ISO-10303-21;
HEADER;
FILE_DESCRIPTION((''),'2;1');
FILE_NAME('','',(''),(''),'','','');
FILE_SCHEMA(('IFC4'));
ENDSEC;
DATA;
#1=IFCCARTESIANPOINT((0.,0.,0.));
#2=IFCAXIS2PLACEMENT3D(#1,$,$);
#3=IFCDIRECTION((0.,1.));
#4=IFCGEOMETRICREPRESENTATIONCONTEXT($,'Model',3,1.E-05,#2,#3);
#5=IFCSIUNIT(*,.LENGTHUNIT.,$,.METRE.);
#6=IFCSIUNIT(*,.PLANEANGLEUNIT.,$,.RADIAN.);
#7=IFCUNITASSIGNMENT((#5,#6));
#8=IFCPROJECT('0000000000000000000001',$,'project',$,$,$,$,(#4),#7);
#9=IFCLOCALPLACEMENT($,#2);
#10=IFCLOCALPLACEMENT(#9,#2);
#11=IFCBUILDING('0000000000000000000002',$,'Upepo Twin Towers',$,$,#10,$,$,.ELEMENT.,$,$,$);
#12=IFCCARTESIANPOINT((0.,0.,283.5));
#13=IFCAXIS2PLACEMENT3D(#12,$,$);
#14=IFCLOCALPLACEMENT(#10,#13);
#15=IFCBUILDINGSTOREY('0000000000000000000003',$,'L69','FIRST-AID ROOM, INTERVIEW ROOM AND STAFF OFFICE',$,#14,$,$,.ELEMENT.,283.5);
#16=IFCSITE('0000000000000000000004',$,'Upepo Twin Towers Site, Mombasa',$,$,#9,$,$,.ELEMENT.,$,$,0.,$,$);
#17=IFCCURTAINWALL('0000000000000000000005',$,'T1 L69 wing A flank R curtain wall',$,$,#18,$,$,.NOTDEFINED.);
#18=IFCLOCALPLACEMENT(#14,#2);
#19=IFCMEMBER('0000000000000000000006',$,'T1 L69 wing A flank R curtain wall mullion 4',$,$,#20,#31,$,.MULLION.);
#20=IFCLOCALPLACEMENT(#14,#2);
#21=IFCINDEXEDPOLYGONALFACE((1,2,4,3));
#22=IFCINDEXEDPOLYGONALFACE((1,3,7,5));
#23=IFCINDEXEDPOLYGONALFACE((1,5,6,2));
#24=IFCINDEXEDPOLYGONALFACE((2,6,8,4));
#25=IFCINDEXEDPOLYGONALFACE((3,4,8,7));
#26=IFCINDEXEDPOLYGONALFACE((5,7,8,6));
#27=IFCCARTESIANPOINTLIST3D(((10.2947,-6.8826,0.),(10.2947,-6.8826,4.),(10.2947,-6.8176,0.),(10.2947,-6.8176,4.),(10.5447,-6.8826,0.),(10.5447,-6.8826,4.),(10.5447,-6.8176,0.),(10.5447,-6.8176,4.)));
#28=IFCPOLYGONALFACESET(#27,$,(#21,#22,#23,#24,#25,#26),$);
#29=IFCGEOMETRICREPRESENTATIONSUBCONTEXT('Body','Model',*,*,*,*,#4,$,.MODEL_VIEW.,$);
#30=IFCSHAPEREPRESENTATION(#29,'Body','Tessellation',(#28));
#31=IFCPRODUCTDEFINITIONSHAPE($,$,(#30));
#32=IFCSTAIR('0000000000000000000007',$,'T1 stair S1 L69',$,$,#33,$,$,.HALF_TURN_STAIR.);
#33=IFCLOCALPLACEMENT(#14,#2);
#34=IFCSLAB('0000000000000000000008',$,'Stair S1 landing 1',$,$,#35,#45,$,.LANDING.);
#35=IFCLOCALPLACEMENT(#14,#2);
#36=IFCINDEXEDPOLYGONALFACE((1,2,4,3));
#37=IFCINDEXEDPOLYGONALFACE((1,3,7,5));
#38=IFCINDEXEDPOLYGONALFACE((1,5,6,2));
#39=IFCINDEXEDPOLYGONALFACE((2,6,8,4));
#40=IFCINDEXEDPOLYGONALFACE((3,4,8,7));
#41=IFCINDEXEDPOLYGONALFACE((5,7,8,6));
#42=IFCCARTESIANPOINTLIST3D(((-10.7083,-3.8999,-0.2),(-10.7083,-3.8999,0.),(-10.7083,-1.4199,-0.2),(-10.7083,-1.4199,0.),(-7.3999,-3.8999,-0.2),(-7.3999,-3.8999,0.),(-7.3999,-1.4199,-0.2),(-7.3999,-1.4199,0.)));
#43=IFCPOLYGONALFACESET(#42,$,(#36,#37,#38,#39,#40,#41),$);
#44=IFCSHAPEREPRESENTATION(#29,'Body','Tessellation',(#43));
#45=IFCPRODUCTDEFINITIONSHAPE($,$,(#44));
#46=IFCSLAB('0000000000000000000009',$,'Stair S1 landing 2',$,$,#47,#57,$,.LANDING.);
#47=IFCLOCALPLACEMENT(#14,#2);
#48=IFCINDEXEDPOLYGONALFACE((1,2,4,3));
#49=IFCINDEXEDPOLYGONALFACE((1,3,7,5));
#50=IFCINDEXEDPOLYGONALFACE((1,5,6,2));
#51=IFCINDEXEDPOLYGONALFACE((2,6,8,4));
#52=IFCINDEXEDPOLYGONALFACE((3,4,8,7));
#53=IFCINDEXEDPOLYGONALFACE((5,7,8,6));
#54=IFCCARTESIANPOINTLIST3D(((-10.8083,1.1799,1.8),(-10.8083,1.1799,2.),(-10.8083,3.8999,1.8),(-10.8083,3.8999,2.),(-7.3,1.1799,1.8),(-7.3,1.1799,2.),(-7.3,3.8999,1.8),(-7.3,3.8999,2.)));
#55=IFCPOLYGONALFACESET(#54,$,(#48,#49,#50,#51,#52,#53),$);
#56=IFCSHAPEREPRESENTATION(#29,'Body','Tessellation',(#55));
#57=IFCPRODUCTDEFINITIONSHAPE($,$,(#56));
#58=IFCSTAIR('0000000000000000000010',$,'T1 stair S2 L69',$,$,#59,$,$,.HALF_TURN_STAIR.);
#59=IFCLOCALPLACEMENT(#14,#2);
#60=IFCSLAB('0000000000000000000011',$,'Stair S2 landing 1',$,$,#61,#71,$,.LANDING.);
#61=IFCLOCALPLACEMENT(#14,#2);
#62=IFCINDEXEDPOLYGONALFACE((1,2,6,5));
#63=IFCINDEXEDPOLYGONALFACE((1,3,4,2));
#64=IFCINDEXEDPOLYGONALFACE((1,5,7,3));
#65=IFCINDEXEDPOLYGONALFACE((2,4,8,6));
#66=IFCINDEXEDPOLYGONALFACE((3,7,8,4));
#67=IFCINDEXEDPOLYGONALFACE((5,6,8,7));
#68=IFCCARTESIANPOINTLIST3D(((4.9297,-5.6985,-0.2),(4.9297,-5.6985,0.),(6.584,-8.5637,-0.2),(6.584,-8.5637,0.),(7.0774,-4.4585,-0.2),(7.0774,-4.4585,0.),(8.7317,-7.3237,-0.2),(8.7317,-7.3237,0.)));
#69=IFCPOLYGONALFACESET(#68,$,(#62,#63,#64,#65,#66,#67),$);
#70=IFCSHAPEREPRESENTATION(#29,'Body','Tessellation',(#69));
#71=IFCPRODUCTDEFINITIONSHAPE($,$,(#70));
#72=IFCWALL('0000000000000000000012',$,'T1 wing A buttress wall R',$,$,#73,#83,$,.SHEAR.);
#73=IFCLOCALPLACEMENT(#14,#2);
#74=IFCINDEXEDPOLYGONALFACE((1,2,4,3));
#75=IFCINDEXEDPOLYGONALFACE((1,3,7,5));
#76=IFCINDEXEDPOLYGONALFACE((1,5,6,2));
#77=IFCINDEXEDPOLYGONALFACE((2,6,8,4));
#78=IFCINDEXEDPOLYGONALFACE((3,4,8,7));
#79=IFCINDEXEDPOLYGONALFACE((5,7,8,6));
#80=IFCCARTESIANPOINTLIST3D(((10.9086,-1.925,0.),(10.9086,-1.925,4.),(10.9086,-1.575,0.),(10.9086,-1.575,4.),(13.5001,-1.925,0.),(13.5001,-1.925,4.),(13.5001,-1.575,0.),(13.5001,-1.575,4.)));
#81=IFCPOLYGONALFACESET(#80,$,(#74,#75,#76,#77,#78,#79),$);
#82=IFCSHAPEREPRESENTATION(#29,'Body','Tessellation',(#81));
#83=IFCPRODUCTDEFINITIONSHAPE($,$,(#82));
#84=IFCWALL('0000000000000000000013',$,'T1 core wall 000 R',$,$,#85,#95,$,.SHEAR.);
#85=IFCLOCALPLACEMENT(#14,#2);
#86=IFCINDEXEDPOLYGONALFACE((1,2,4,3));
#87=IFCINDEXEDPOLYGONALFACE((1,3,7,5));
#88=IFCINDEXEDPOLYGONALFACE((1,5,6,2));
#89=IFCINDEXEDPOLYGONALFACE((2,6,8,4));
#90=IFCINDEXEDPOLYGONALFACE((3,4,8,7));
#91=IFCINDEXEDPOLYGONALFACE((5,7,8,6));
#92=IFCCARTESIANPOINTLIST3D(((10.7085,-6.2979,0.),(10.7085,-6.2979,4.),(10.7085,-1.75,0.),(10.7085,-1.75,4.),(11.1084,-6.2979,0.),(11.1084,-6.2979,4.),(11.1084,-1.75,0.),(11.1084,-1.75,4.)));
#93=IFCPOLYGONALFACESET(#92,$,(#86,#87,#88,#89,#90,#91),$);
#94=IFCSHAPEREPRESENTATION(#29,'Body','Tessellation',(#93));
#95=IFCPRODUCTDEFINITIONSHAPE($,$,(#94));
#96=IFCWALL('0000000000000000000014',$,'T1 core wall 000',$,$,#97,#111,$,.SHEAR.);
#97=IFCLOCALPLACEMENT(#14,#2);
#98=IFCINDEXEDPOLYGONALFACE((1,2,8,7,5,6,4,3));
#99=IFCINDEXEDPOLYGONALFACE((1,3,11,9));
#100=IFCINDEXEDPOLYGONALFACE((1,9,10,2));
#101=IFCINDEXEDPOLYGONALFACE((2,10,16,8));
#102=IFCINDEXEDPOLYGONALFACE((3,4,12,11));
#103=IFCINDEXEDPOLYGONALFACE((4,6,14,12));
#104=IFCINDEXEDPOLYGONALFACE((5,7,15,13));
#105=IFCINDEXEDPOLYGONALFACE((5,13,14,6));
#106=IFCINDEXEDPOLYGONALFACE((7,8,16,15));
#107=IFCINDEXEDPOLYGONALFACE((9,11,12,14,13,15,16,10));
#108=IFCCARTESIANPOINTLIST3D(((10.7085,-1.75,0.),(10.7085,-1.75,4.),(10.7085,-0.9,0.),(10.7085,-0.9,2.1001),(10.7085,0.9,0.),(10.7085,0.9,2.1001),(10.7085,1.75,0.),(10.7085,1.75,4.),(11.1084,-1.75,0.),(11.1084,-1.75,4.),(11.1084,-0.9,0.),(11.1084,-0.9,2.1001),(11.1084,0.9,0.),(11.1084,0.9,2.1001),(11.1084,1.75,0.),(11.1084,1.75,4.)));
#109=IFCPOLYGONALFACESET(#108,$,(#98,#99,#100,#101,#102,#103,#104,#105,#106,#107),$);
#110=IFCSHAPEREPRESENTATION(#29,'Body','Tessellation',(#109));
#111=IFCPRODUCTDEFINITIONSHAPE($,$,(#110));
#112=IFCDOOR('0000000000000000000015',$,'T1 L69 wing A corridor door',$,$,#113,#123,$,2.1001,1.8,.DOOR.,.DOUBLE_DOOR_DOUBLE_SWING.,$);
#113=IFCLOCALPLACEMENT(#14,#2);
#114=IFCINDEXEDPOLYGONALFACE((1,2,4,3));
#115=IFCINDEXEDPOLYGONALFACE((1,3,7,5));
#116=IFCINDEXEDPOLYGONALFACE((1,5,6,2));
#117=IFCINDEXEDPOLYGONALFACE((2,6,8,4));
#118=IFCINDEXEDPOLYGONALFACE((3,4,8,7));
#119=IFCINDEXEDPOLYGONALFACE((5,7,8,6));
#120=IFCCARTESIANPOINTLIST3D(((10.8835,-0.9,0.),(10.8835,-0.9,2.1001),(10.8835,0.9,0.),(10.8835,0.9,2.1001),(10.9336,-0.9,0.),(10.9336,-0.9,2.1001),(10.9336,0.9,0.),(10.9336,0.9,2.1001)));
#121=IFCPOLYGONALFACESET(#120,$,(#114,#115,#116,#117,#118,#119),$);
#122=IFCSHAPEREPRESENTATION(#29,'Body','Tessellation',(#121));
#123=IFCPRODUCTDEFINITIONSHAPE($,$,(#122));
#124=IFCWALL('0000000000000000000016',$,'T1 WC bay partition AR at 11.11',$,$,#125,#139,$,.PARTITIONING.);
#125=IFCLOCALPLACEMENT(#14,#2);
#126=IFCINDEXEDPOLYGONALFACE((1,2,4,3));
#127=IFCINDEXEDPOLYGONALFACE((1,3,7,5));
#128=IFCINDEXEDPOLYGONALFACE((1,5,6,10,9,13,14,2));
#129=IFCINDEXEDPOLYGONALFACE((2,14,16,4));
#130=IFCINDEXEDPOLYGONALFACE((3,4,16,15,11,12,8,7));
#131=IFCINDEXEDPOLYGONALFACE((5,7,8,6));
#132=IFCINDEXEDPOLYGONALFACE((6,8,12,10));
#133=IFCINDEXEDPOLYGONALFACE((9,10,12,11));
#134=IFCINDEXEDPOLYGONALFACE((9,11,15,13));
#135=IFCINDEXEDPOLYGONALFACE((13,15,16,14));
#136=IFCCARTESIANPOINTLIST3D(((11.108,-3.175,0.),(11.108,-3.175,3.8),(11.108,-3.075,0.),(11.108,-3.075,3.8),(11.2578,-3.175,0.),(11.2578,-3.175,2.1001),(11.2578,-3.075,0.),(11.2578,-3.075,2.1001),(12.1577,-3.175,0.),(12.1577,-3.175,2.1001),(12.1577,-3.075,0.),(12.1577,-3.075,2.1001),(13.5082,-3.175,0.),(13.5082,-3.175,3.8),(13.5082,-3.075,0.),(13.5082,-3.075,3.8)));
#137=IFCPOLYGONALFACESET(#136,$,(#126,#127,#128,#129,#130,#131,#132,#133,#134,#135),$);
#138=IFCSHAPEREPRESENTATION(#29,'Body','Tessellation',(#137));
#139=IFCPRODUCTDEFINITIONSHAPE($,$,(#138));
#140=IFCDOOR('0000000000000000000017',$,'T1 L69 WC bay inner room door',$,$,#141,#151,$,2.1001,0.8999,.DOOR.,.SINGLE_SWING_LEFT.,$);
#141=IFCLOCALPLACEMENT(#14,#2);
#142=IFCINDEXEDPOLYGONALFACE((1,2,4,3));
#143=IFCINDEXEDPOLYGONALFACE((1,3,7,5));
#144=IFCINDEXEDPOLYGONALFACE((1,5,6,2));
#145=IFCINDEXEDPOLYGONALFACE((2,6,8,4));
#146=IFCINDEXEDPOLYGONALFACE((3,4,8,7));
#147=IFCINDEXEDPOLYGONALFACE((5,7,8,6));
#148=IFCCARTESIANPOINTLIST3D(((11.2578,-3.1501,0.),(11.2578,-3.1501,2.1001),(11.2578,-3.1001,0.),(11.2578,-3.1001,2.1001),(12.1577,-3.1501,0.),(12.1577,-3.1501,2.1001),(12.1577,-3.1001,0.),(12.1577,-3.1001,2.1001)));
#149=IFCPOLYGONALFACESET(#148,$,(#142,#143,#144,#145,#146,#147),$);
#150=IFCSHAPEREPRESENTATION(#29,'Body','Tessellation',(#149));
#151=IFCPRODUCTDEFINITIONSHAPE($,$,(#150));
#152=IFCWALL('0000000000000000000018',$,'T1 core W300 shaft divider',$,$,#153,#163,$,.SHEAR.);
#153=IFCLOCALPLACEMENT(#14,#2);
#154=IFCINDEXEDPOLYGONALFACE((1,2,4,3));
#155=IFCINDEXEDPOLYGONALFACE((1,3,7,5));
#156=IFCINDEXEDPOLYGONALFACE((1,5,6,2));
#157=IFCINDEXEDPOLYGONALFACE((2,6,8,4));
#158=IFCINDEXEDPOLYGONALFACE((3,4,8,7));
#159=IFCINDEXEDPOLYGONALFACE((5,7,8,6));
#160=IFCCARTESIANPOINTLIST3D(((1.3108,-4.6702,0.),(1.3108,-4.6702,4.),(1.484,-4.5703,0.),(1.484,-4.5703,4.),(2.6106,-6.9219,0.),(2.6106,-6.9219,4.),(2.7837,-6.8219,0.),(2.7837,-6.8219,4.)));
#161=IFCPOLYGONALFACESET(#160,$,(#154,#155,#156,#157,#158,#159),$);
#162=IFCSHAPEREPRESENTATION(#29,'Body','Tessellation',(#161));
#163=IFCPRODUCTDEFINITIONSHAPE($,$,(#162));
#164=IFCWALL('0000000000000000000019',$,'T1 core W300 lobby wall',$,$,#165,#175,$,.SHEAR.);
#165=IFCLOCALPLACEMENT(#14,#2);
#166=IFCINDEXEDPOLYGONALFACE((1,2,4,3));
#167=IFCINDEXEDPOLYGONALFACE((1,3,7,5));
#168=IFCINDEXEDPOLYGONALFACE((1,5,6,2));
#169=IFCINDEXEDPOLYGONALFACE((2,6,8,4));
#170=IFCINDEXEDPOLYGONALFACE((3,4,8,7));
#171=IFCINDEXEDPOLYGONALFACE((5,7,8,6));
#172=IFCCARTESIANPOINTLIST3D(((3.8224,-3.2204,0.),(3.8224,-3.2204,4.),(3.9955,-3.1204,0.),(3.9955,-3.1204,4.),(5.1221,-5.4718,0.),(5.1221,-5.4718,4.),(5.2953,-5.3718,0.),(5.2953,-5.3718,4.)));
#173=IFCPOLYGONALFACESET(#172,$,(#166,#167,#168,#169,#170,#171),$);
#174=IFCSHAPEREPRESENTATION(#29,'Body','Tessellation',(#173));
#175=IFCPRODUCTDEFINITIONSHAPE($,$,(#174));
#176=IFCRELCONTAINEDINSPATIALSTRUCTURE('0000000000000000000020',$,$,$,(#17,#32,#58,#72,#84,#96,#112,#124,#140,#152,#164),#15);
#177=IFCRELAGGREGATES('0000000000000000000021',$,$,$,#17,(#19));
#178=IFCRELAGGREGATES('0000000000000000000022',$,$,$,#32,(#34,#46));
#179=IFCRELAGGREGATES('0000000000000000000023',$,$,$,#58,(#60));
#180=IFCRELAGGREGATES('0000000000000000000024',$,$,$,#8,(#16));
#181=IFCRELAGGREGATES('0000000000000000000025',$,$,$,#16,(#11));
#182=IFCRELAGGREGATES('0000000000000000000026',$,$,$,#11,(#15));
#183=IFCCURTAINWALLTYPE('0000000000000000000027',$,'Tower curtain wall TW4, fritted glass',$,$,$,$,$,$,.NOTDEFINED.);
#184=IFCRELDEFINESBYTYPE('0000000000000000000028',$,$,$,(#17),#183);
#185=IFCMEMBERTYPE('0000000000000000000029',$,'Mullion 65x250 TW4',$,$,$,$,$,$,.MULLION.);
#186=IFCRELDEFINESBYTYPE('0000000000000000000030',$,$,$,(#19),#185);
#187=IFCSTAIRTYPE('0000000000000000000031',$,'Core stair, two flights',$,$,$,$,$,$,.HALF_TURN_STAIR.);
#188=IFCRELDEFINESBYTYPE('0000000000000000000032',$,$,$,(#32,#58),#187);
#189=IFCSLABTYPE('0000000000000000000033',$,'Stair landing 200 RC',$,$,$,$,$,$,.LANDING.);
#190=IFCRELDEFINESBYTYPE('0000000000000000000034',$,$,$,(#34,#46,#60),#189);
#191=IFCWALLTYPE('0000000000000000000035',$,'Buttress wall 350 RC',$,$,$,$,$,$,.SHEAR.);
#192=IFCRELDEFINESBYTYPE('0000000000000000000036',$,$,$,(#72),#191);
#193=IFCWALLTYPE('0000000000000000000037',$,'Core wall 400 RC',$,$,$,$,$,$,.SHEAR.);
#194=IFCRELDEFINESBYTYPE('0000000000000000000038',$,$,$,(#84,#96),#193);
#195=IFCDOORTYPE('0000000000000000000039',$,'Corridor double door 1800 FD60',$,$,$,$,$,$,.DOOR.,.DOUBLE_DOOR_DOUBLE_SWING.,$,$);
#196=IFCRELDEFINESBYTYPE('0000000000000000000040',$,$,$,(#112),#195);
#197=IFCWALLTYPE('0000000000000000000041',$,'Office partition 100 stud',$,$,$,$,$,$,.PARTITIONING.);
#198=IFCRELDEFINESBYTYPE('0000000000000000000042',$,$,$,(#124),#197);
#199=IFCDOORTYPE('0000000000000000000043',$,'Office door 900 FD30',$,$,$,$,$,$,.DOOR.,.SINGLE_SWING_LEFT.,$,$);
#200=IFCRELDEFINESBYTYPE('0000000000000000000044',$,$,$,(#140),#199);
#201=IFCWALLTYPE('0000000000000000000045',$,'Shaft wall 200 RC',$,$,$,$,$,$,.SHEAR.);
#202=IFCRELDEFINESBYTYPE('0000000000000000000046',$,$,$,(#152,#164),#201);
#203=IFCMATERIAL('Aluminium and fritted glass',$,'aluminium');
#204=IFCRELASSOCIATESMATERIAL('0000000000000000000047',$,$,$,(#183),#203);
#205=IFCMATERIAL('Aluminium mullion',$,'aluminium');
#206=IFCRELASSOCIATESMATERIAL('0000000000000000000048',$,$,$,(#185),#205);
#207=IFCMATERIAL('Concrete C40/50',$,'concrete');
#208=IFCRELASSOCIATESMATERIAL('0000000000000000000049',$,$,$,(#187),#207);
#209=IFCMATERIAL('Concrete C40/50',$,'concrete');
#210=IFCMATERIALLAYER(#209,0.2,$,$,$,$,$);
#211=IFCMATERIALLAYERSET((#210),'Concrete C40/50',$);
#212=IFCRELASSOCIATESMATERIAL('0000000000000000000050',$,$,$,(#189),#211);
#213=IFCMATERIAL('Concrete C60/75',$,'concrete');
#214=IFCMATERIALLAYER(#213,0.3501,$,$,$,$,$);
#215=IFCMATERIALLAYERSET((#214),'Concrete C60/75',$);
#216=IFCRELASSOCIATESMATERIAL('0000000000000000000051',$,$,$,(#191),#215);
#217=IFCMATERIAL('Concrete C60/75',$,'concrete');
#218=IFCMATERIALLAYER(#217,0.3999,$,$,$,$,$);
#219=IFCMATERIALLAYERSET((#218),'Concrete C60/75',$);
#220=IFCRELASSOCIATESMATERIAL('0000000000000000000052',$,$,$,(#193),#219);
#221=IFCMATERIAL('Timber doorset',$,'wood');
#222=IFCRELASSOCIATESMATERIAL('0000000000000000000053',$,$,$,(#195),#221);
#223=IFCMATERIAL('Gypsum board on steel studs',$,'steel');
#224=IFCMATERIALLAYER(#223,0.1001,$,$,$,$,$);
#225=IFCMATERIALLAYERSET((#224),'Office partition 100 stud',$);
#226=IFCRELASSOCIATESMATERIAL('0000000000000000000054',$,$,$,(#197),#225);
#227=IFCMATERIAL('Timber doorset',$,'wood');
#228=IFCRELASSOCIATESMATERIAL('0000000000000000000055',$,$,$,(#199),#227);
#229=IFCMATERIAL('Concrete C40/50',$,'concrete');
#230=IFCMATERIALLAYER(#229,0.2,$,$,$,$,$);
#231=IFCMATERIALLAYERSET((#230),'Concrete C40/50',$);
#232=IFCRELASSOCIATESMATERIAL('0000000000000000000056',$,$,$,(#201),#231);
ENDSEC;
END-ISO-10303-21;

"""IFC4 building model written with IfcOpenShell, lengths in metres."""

from ifc_helpers import new_model, si_unit, direction, frame, frame_2d, origin, origin_2d, place, context, subcontext, project, spatial, polyline, rectangle, outline, extrude, material, layer, layer_set, material_profile, profile_set, type_object, element, fill, aggregate, save


model = new_model("IFC4")

# Units and contexts
model_context = context("Model", 3, precision=1e-05, world=origin(), true_north=direction((0.0, 1.0)))
body_context = subcontext(model_context, "Body", "Model", "MODEL_VIEW")
ifc_project = project(units=[si_unit("LENGTHUNIT", "METRE"), si_unit("PLANEANGLEUNIT", "RADIAN")], contexts=[model_context])

# Site, building, storey
site_placement = place(None, origin())
site = spatial("IfcSite", under=ifc_project, at=site_placement, Name="Upepo Twin Towers Site, Mombasa", CompositionType="ELEMENT", RefElevation=0.0)
building_placement = place(site_placement, origin())
building = spatial("IfcBuilding", under=site, at=building_placement, Name="Upepo Twin Towers", CompositionType="ELEMENT")
storey_placement = place(building_placement, frame((0.0, 0.0, 283.5)))
storey = spatial("IfcBuildingStorey", under=building, at=storey_placement, Name="L69", Description="FIRST-AID ROOM, INTERVIEW ROOM AND STAFF OFFICE", CompositionType="ELEMENT", Elevation=283.5)

# Curtain wall, member
ifc_material_1 = material(Name="Aluminium and fritted glass", Category="aluminium")
curtain_wall_type = type_object("IfcCurtainWallType", Name="Tower curtain wall TW4, fritted glass", PredefinedType="NOTDEFINED", material=ifc_material_1)
curtain_wall_placement = place(storey_placement, origin())
curtain_wall = element("IfcCurtainWall", 1, at=curtain_wall_placement, inside=storey, type_object=curtain_wall_type, Name="T1 L69 wing A flank R curtain wall", PredefinedType="NOTDEFINED")
ifc_material_2 = material(Name="Aluminium mullion", Category="aluminium")
ifc_material_profile = material_profile(ifc_material_2, rectangle(XDim=0.0649, YDim=0.25, at=origin_2d()), Name="MULLION 65x250")
ifc_profile_set = profile_set([ifc_material_profile], Name="Aluminium mullion")
member_type = type_object("IfcMemberType", Name="Mullion 65x250 TW4", PredefinedType="MULLION", material=ifc_profile_set)
member_placement = place(storey_placement, frame((10.4197, -6.8501, 0.0), z_axis=(0.0, 0.0, 1.0), x_axis=(0.0, -1.0, 0.0)))
member = element("IfcMember", 2, at=member_placement, type_object=member_type, Name="T1 L69 wing A flank R curtain wall mullion 4", PredefinedType="MULLION", context=body_context, shape_type="SweptSolid", body=[
    extrude(rectangle(XDim=0.0649, YDim=0.25, at=origin_2d()), origin(), (0.0, 0.0, 1.0), 4.0),
])
aggregate(curtain_wall, [member])

# Stair, slabs
ifc_material_3 = material(Name="Concrete C40/50", Category="concrete")
stair_type = type_object("IfcStairType", Name="Core stair, two flights", PredefinedType="HALF_TURN_STAIR", material=ifc_material_3)
stair_1_placement = place(storey_placement, origin())
stair_1 = element("IfcStair", 3, at=stair_1_placement, inside=storey, type_object=stair_type, Name="T1 stair S1 L69", PredefinedType="HALF_TURN_STAIR")
ifc_material_4 = material(Name="Concrete C40/50", Category="concrete")
ifc_layer_1 = layer(ifc_material_4, 0.2)
ifc_layer_set_1 = layer_set([ifc_layer_1], Name="Concrete C40/50")
slab_type = type_object("IfcSlabType", Name="Stair landing 200 RC", PredefinedType="LANDING", material=ifc_layer_set_1)
slab_1_placement = place(storey_placement, frame((0.0, 0.0, -0.2)))
slab_1 = element("IfcSlab", 4, at=slab_1_placement, type_object=slab_type, Name="Stair S1 landing 1", PredefinedType="LANDING", context=body_context, shape_type="SweptSolid", body=[
    extrude(outline(polyline([(-7.3999, -1.4199), (-10.7083, -1.4199), (-10.7083, -3.8999), (-7.3999, -3.8999), (-7.3999, -1.4199)])), origin(), (0.0, 0.0, 1.0), 0.2),
])
slab_2_placement = place(storey_placement, frame((0.0, 0.0, 1.8)))
slab_2 = element("IfcSlab", 5, at=slab_2_placement, type_object=slab_type, Name="Stair S1 landing 2", PredefinedType="LANDING", context=body_context, shape_type="SweptSolid", body=[
    extrude(outline(polyline([(-7.3, 3.8999), (-10.8083, 3.8999), (-10.8083, 1.1799), (-7.3, 1.1799), (-7.3, 3.8999)])), origin(), (0.0, 0.0, 1.0), 0.2),
])
aggregate(stair_1, [slab_1, slab_2])

# Stair, slab
stair_2_placement = place(storey_placement, origin())
stair_2 = element("IfcStair", 6, at=stair_2_placement, inside=storey, type_object=stair_type, Name="T1 stair S2 L69", PredefinedType="HALF_TURN_STAIR")
slab_3_placement = place(storey_placement, frame((0.0, 0.0, -0.2)))
slab_3 = element("IfcSlab", 7, at=slab_3_placement, type_object=slab_type, Name="Stair S2 landing 1", PredefinedType="LANDING", context=body_context, shape_type="SweptSolid", body=[
    extrude(outline(polyline([(4.9297, -5.6985), (6.584, -8.5637), (8.7317, -7.3237), (7.0774, -4.4585), (4.9297, -5.6985)])), origin(), (0.0, 0.0, 1.0), 0.2),
])

# Walls
ifc_material_5 = material(Name="Concrete C60/75", Category="concrete")
ifc_layer_2 = layer(ifc_material_5, 0.3501)
ifc_layer_set_2 = layer_set([ifc_layer_2], Name="Concrete C60/75")
wall_type_1 = type_object("IfcWallType", Name="Buttress wall 350 RC", PredefinedType="SHEAR", material=ifc_layer_set_2)
wall_1_placement = place(storey_placement, frame((10.9084, -1.75, 0.0), z_axis=(0.0, 0.0, 1.0), x_axis=(1.0, 0.0, 0.0)))
element("IfcWall", 8, at=wall_1_placement, inside=storey, type_object=wall_type_1, Name="T1 wing A buttress wall R", PredefinedType="SHEAR", context=body_context, shape_type="SweptSolid", body=[
    extrude(rectangle(XDim=2.5916, YDim=0.3501, at=frame_2d((1.2959, 0.0))), origin(), (0.0, 0.0, 1.0), 4.0),
])
ifc_material_6 = material(Name="Concrete C60/75", Category="concrete")
ifc_layer_3 = layer(ifc_material_6, 0.3999)
ifc_layer_set_3 = layer_set([ifc_layer_3], Name="Concrete C60/75")
wall_type_2 = type_object("IfcWallType", Name="Core wall 400 RC", PredefinedType="SHEAR", material=ifc_layer_set_3)
wall_2_placement = place(storey_placement, frame((10.9084, -6.2979, 0.0), z_axis=(0.0, 0.0, 1.0), x_axis=(0.0, 1.0, 0.0)))
element("IfcWall", 9, at=wall_2_placement, inside=storey, type_object=wall_type_2, Name="T1 core wall 000 R", PredefinedType="SHEAR", context=body_context, shape_type="SweptSolid", body=[
    extrude(rectangle(XDim=4.5479, YDim=0.3999, at=frame_2d((2.2739, 0.0))), origin(), (0.0, 0.0, 1.0), 4.0),
])

# Walls, openings, doors
wall_3_placement = place(storey_placement, frame((10.9084, -1.75, 0.0), z_axis=(0.0, 0.0, 1.0), x_axis=(0.0, 1.0, 0.0)))
wall_3 = element("IfcWall", 10, at=wall_3_placement, inside=storey, type_object=wall_type_2, Name="T1 core wall 000", PredefinedType="SHEAR", context=body_context, shape_type="SweptSolid", body=[
    extrude(rectangle(XDim=3.5, YDim=0.3999, at=frame_2d((1.75, 0.0))), origin(), (0.0, 0.0, 1.0), 4.0),
])
opening_1_placement = place(wall_3_placement, frame((0.8501, 0.0, 0.0)))
opening_1 = element("IfcOpeningElement", 11, at=opening_1_placement, cuts=wall_3, PredefinedType="OPENING", context=body_context, shape_type="SweptSolid", body=[
    extrude(rectangle(XDim=1.8, YDim=2.1001, at=frame_2d((0.8999, 1.05))), frame((0.0, 0.21, 0.0), z_axis=(0.0, -1.0, 0.0), x_axis=(1.0, 0.0, 0.0)), (0.0, 0.0, 1.0), 0.4199),
])
ifc_material_7 = material(Name="Timber doorset", Category="wood")
door_type_1 = type_object("IfcDoorType", Name="Corridor double door 1800 FD60", OperationType="DOUBLE_DOOR_DOUBLE_SWING", PredefinedType="DOOR", material=ifc_material_7)
door_1_placement = place(opening_1_placement, origin())
door_1 = element("IfcDoor", 12, at=door_1_placement, inside=storey, type_object=door_type_1, Name="T1 L69 wing A corridor door", OperationType="DOUBLE_DOOR_DOUBLE_SWING", OverallHeight=2.1001, OverallWidth=1.8, PredefinedType="DOOR", context=body_context, shape_type="SweptSolid", body=[
    extrude(rectangle(XDim=1.8, YDim=2.1001, at=frame_2d((0.8999, 1.05))), frame((0.0, 0.0249, 0.0), z_axis=(0.0, -1.0, 0.0), x_axis=(1.0, 0.0, 0.0)), (0.0, 0.0, 1.0), 0.05),
])
fill(opening_1, door_1)
ifc_material_8 = material(Name="Gypsum board on steel studs", Category="steel")
ifc_layer_4 = layer(ifc_material_8, 0.1001)
ifc_layer_set_4 = layer_set([ifc_layer_4], Name="Office partition 100 stud")
wall_type_3 = type_object("IfcWallType", Name="Office partition 100 stud", PredefinedType="PARTITIONING", material=ifc_layer_set_4)
wall_4_placement = place(storey_placement, frame((11.1079, -3.125, 0.0), z_axis=(0.0, 0.0, 1.0), x_axis=(1.0, 0.0, 0.0)))
wall_4 = element("IfcWall", 13, at=wall_4_placement, inside=storey, type_object=wall_type_3, Name="T1 WC bay partition AR at 11.11", PredefinedType="PARTITIONING", context=body_context, shape_type="SweptSolid", body=[
    extrude(rectangle(XDim=2.4001, YDim=0.1001, at=frame_2d((1.2002, 0.0))), origin(), (0.0, 0.0, 1.0), 3.8),
])
opening_2_placement = place(wall_4_placement, frame((0.1499, 0.0, 0.0)))
opening_2 = element("IfcOpeningElement", 14, at=opening_2_placement, cuts=wall_4, PredefinedType="OPENING", context=body_context, shape_type="SweptSolid", body=[
    extrude(rectangle(XDim=0.8999, YDim=2.1001, at=frame_2d((0.45, 1.05))), frame((0.0, 0.0601, 0.0), z_axis=(0.0, -1.0, 0.0), x_axis=(1.0, 0.0, 0.0)), (0.0, 0.0, 1.0), 0.1201),
])
ifc_material_9 = material(Name="Timber doorset", Category="wood")
door_type_2 = type_object("IfcDoorType", Name="Office door 900 FD30", OperationType="SINGLE_SWING_LEFT", PredefinedType="DOOR", material=ifc_material_9)
door_2_placement = place(opening_2_placement, origin())
door_2 = element("IfcDoor", 15, at=door_2_placement, inside=storey, type_object=door_type_2, Name="T1 L69 WC bay inner room door", OperationType="SINGLE_SWING_LEFT", OverallHeight=2.1001, OverallWidth=0.8999, PredefinedType="DOOR", context=body_context, shape_type="SweptSolid", body=[
    extrude(rectangle(XDim=0.8999, YDim=2.1001, at=frame_2d((0.45, 1.05))), frame((0.0, 0.0249, 0.0), z_axis=(0.0, -1.0, 0.0), x_axis=(1.0, 0.0, 0.0)), (0.0, 0.0, 1.0), 0.05),
])
fill(opening_2, door_2)

# Walls
ifc_material_10 = material(Name="Concrete C40/50", Category="concrete")
ifc_layer_5 = layer(ifc_material_10, 0.2)
ifc_layer_set_5 = layer_set([ifc_layer_5], Name="Concrete C40/50")
wall_type_4 = type_object("IfcWallType", Name="Shaft wall 200 RC", PredefinedType="SHEAR", material=ifc_layer_set_5)
wall_5_placement = place(storey_placement, frame((1.3975, -4.6204, 0.0), z_axis=(0.0, 0.0, 1.0), x_axis=(0.499937, -0.866062, 0.0)))
element("IfcWall", 16, at=wall_5_placement, inside=storey, type_object=wall_type_4, Name="T1 core W300 shaft divider", PredefinedType="SHEAR", context=body_context, shape_type="SweptSolid", body=[
    extrude(rectangle(XDim=2.5999, YDim=0.2, at=frame_2d((1.2998, 0.0))), origin(), (0.0, 0.0, 1.0), 4.0),
])
wall_6_placement = place(storey_placement, frame((3.9089, -3.1704, 0.0), z_axis=(0.0, 0.0, 1.0), x_axis=(0.499977, -0.866039, 0.0)))
element("IfcWall", 17, at=wall_6_placement, inside=storey, type_object=wall_type_4, Name="T1 core W300 lobby wall", PredefinedType="SHEAR", context=body_context, shape_type="SweptSolid", body=[
    extrude(rectangle(XDim=2.5996, YDim=0.2, at=frame_2d((1.2998, 0.0))), origin(), (0.0, 0.0, 1.0), 4.0),
])

aggregate(stair_2, [slab_3])

save(model, "model.ifc")
